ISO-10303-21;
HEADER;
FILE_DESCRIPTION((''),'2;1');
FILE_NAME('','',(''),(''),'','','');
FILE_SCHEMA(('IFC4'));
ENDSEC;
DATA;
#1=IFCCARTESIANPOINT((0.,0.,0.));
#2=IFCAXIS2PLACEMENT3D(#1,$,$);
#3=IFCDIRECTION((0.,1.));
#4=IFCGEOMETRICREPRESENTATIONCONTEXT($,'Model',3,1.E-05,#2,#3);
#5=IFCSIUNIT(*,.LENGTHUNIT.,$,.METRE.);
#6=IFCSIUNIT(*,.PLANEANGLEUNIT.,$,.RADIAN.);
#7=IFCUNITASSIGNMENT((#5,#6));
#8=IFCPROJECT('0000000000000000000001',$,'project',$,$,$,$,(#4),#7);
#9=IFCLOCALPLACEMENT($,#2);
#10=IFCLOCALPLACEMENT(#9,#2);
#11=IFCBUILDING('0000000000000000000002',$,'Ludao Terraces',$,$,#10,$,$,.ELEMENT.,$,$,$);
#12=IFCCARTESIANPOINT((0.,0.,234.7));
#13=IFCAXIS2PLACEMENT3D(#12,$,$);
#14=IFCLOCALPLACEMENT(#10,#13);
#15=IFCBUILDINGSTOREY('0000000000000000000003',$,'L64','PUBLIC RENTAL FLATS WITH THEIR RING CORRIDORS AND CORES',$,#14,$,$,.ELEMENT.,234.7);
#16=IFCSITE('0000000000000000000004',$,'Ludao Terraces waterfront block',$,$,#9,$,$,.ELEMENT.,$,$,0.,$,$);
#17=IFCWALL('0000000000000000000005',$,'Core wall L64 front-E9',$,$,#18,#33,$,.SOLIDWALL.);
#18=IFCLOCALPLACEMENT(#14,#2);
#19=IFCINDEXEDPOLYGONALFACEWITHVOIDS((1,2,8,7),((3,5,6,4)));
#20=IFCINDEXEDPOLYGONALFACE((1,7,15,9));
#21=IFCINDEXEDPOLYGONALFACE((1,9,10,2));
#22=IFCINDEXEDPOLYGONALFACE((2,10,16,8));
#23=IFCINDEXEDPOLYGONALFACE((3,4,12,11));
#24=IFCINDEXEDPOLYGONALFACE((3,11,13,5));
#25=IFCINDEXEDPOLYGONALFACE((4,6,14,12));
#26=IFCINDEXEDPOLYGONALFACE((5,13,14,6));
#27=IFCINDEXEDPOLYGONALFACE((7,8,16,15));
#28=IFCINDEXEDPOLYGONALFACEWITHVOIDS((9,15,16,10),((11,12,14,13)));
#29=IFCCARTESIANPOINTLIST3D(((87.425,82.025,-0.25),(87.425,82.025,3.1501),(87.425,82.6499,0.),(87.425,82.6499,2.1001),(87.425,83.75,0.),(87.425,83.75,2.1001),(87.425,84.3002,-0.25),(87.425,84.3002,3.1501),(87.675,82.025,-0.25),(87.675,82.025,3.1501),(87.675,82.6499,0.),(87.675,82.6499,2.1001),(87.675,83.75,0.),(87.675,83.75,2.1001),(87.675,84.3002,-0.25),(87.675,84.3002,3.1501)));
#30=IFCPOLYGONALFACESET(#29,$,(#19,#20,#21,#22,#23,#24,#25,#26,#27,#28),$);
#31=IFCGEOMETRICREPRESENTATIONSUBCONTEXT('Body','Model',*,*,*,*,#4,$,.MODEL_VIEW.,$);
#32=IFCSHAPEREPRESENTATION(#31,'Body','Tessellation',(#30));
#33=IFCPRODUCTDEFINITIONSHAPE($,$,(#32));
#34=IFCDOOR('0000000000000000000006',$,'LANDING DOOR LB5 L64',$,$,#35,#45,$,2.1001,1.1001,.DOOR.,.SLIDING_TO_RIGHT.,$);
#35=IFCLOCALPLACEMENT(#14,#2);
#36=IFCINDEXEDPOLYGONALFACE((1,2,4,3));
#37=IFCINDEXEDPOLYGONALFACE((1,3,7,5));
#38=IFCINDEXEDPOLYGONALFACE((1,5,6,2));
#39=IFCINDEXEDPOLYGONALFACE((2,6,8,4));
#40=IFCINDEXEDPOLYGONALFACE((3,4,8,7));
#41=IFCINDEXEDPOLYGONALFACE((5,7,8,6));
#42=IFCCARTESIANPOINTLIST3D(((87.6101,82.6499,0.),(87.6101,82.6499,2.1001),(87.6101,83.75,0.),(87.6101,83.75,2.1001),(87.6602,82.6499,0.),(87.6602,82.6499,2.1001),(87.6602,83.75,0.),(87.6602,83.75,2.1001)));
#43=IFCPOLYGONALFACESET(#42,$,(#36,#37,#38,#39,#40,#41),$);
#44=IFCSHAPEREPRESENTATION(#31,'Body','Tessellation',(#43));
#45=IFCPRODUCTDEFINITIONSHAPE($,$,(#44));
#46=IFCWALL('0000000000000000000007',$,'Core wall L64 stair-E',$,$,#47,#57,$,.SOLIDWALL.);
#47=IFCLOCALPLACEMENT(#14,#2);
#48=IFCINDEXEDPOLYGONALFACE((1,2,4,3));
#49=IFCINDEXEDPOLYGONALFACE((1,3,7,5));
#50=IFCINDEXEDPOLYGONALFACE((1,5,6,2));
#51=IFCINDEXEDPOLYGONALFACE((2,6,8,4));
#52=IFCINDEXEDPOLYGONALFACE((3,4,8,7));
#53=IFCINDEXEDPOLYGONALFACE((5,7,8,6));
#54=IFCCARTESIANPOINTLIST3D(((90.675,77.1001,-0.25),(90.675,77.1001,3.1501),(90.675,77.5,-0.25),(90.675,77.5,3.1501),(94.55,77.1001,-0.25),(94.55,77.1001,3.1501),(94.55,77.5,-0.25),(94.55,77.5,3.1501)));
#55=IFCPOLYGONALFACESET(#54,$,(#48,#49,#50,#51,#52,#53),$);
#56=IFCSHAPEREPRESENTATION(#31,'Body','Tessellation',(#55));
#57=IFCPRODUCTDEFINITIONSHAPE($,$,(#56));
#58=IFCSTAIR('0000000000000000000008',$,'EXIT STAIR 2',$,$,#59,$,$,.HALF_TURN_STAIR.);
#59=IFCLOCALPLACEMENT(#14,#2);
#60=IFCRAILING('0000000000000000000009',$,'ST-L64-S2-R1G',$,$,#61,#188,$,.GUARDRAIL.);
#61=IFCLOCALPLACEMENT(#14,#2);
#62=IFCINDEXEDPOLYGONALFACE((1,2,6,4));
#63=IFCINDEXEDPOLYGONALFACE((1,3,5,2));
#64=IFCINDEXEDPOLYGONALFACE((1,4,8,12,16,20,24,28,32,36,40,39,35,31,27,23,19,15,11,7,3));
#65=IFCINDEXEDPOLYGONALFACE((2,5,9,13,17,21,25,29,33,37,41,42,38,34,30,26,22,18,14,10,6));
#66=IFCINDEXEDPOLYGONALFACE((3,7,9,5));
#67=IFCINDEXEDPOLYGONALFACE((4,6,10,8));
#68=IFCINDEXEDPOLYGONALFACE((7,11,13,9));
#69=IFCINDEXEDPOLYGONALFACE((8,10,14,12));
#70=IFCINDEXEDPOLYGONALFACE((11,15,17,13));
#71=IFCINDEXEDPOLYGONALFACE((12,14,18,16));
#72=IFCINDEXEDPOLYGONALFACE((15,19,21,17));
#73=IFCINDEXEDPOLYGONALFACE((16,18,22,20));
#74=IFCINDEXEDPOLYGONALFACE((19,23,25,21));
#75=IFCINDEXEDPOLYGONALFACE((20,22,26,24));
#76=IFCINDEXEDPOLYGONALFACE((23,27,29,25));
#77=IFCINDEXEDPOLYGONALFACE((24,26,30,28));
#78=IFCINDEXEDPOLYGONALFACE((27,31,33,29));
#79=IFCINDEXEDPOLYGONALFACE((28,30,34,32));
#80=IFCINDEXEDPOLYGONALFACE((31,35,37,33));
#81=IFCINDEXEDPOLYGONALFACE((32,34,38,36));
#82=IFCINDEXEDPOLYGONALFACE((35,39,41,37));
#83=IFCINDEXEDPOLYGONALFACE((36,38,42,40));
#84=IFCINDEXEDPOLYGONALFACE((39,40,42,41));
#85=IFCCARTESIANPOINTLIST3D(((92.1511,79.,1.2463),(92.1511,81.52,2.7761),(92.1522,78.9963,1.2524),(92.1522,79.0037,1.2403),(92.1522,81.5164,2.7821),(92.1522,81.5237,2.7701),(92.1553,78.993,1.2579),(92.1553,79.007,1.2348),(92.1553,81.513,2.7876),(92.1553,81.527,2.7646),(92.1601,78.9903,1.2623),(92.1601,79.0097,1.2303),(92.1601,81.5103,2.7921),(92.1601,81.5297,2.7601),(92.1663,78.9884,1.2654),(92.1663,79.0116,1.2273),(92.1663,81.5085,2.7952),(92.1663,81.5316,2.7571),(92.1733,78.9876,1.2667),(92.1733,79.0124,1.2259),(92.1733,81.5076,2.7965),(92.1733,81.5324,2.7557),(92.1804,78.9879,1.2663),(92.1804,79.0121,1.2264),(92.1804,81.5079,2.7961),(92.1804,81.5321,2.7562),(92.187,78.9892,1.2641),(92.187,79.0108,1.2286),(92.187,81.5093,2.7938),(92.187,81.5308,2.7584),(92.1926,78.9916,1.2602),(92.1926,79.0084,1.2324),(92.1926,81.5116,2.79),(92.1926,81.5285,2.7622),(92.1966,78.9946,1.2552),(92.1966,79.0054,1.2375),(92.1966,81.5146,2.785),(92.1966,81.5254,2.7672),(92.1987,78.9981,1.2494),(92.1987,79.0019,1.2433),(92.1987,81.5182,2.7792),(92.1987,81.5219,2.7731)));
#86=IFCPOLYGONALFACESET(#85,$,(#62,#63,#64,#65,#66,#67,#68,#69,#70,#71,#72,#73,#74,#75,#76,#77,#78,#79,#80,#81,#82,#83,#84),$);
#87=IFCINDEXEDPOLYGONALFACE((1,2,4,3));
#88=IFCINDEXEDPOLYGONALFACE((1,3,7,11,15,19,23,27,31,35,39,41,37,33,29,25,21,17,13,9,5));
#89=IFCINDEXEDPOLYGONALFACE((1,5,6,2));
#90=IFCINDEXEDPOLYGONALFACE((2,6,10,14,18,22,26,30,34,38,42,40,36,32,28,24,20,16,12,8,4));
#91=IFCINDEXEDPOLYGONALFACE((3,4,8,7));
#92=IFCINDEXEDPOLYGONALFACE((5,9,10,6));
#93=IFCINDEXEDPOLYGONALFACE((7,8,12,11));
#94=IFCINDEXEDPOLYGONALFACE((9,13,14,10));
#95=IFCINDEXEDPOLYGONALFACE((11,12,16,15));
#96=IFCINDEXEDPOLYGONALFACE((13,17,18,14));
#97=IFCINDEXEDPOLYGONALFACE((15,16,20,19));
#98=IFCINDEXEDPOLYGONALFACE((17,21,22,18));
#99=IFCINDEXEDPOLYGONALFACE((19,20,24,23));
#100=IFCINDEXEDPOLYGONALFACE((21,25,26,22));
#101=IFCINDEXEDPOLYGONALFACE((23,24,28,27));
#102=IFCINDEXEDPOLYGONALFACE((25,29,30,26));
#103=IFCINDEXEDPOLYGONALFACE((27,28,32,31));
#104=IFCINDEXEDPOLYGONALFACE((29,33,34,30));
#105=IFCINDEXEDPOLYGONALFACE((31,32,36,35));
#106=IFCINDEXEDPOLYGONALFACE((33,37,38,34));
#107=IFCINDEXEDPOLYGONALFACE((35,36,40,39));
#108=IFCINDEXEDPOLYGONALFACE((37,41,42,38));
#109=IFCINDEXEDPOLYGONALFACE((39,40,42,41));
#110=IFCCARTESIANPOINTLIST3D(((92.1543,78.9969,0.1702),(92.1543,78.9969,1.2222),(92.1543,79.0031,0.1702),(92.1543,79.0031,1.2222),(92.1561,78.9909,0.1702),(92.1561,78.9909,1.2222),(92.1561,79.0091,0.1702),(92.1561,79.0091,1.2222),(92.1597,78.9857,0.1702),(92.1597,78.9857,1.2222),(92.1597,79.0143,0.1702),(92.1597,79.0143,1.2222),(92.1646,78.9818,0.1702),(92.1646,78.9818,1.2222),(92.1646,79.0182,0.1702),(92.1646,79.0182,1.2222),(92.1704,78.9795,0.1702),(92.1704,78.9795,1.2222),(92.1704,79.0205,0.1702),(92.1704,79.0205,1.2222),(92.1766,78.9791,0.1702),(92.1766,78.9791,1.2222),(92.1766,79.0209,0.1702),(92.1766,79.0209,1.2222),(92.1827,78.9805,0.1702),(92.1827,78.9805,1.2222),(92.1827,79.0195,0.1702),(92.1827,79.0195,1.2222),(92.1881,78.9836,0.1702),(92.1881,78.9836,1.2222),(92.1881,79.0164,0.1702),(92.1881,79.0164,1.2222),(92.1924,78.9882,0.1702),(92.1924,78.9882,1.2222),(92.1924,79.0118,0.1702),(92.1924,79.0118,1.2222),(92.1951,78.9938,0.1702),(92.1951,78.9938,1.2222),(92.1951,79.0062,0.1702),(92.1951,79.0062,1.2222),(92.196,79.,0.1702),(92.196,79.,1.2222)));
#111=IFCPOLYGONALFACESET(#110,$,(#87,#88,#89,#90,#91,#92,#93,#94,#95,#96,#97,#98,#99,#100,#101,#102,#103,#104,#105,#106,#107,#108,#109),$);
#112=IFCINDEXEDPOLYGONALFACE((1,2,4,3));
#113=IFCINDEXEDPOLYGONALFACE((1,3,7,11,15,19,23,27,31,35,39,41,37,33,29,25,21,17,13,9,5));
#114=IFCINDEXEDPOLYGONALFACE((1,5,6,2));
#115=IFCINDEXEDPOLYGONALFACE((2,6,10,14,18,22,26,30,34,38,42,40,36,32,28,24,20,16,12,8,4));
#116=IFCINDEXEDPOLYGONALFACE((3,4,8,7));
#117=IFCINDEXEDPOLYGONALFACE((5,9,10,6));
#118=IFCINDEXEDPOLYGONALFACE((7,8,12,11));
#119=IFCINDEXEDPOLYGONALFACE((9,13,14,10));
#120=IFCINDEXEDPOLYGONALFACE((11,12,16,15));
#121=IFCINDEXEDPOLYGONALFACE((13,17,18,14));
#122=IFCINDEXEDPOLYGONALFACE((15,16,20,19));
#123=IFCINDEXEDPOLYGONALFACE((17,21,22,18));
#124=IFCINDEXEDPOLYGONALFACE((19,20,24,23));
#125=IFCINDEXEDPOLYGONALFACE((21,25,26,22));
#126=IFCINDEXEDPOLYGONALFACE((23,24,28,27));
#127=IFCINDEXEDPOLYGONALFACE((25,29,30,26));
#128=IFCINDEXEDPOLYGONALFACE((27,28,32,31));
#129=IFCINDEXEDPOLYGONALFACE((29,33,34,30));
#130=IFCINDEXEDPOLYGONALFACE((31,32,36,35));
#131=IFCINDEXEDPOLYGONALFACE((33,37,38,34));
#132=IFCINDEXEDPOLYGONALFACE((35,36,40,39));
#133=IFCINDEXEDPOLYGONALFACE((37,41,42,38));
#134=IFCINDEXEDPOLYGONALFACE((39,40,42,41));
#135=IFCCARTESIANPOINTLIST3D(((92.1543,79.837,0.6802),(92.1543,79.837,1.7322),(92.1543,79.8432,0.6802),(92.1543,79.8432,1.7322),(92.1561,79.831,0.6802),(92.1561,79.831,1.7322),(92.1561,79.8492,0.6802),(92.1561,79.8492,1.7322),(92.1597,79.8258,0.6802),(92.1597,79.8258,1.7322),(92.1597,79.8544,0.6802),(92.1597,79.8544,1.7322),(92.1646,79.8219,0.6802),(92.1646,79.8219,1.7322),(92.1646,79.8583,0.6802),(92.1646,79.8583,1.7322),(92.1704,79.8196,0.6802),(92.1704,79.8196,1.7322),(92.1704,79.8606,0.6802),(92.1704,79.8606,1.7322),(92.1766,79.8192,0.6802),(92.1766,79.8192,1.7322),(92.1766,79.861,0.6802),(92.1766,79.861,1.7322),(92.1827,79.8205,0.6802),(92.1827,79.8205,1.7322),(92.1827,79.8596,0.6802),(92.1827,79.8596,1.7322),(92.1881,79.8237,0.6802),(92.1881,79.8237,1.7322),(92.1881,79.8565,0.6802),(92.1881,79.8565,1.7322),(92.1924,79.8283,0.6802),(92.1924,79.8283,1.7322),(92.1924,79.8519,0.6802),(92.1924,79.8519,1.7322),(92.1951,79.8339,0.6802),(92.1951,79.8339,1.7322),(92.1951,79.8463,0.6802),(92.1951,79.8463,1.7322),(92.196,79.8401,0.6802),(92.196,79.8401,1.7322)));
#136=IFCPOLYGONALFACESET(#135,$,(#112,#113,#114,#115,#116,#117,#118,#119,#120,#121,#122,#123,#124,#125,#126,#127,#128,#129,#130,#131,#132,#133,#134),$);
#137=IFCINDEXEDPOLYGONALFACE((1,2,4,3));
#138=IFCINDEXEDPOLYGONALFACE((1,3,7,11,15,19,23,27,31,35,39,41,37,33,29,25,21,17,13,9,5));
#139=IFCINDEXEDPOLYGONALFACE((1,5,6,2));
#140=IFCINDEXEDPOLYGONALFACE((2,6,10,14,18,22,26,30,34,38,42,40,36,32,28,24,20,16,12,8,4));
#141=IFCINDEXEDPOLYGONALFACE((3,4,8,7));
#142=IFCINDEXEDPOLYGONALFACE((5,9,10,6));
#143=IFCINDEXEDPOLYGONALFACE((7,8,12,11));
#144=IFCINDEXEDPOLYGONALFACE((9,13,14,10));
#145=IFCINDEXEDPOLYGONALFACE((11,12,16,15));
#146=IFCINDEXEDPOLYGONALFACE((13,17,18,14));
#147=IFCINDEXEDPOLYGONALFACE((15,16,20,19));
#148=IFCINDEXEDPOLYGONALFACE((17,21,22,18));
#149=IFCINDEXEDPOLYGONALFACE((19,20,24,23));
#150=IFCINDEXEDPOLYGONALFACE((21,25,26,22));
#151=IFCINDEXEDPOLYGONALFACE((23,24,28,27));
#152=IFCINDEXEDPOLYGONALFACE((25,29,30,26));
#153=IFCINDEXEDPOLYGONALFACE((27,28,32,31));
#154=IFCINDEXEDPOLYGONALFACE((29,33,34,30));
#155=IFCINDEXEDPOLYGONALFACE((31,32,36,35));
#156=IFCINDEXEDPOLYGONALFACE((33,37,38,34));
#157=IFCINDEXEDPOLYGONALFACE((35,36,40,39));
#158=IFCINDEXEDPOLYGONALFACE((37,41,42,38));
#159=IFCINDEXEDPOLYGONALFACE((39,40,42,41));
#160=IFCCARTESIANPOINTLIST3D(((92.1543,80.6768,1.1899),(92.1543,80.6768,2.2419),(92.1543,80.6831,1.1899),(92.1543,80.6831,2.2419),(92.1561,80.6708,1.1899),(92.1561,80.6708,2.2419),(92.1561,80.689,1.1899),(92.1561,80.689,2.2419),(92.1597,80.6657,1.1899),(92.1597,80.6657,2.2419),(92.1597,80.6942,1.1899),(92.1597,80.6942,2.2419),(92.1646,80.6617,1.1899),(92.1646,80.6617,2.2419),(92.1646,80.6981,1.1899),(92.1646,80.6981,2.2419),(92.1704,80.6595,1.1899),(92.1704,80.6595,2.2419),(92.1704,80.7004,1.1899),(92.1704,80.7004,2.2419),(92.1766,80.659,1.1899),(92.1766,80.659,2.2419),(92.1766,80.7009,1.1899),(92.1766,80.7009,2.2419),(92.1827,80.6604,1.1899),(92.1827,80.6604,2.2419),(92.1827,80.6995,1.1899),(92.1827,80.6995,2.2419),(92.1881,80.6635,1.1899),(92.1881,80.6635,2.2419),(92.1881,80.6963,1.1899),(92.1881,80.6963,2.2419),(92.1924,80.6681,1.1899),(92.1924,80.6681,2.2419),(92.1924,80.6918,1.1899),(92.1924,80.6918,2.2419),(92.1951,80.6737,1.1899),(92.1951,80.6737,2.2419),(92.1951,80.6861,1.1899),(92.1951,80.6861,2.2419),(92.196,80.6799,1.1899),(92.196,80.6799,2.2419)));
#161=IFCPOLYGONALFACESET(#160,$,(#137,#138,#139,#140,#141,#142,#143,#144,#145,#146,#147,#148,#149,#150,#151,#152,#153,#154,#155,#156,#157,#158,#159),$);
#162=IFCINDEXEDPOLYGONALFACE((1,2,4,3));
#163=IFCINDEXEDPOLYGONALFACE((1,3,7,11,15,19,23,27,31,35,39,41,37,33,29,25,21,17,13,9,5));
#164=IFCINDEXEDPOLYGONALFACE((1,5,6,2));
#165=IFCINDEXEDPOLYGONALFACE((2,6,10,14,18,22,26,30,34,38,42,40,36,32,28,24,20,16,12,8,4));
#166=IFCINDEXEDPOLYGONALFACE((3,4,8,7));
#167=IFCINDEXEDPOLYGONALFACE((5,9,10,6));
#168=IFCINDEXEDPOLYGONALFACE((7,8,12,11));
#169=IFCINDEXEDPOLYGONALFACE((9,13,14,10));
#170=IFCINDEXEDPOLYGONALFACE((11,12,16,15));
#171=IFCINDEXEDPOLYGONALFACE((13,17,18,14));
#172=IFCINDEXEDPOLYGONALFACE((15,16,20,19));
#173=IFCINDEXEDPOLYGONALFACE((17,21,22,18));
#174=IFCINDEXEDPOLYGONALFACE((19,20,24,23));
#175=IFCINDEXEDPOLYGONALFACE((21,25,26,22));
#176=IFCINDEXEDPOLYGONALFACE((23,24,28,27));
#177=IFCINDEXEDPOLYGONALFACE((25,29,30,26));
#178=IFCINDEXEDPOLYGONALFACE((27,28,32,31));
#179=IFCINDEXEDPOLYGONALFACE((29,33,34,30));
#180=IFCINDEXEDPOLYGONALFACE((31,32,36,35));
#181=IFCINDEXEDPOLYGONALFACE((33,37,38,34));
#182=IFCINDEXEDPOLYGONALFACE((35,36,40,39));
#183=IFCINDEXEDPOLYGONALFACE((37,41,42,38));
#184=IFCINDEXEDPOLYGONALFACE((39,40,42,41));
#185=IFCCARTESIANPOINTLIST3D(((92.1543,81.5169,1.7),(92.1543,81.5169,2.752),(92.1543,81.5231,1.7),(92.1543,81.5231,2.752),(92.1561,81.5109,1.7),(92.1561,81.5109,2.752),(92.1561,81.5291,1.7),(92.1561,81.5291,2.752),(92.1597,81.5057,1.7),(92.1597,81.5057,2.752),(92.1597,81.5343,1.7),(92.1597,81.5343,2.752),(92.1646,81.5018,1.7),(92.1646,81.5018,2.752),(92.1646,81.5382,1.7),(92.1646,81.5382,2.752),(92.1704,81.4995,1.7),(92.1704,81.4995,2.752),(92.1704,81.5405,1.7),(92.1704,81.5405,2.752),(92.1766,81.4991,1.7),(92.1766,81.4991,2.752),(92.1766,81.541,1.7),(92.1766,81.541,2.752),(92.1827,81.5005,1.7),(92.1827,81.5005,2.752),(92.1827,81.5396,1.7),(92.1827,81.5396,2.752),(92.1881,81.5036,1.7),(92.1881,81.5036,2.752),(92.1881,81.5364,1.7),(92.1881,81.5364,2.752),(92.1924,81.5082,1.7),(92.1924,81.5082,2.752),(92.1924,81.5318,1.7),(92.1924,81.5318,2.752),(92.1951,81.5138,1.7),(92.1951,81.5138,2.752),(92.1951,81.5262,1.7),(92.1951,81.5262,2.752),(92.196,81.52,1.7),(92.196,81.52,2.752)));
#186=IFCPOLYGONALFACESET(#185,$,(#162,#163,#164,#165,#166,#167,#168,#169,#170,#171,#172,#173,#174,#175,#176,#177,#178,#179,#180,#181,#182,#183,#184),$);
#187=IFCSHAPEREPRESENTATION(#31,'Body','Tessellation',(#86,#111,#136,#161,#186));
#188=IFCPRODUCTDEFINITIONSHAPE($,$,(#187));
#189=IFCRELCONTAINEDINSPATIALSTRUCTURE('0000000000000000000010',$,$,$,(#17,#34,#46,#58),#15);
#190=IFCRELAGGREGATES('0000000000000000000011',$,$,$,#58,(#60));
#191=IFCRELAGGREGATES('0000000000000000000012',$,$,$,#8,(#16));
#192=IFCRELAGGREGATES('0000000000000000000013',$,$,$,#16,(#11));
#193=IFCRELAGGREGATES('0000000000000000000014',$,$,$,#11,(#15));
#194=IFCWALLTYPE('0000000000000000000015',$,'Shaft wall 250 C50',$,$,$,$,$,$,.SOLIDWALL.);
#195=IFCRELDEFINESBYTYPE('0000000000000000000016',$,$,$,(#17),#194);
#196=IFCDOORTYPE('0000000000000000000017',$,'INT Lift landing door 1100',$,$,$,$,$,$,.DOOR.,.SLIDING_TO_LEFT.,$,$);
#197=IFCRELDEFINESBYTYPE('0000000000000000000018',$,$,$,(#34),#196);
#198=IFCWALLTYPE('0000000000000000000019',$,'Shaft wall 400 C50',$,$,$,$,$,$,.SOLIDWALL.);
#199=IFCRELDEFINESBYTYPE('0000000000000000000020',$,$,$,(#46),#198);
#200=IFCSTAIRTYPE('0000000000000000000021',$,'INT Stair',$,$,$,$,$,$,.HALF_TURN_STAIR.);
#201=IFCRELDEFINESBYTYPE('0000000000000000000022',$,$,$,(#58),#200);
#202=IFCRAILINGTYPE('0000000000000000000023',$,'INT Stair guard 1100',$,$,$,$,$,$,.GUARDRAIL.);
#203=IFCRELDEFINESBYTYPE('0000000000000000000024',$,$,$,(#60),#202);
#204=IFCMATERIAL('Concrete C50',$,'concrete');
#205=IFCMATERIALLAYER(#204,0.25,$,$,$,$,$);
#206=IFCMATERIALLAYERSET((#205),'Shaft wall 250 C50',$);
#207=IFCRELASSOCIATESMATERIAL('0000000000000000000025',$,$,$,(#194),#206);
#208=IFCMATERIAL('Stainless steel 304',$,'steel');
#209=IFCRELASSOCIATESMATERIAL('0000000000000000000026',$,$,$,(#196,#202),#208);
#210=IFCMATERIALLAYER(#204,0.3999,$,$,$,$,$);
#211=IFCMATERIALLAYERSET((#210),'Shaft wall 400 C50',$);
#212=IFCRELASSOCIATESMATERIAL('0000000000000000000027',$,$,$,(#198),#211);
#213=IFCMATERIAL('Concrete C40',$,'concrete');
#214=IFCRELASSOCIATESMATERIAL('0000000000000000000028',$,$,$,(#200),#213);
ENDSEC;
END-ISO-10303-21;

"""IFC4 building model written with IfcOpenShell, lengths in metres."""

from ifc_helpers import new_model, si_unit, direction, frame, frame_2d, origin, origin_2d, place, context, subcontext, project, spatial, rectangle, circle, extrude, material, layer, layer_set, type_object, element, fill, aggregate, save


model = new_model("IFC4")

# Units and contexts
model_context = context("Model", 3, precision=1e-05, world=origin(), true_north=direction((0.0, 1.0)))
body_context = subcontext(model_context, "Body", "Model", "MODEL_VIEW")
ifc_project = project(units=[si_unit("LENGTHUNIT", "METRE"), si_unit("PLANEANGLEUNIT", "RADIAN")], contexts=[model_context])

# Site, building, storey
site_placement = place(None, origin())
site = spatial("IfcSite", under=ifc_project, at=site_placement, Name="Ludao Terraces waterfront block", CompositionType="ELEMENT", RefElevation=0.0)
building_placement = place(site_placement, origin())
building = spatial("IfcBuilding", under=site, at=building_placement, Name="Ludao Terraces", CompositionType="ELEMENT")
storey_placement = place(building_placement, frame((0.0, 0.0, 234.7)))
storey = spatial("IfcBuildingStorey", under=building, at=storey_placement, Name="L64", Description="PUBLIC RENTAL FLATS WITH THEIR RING CORRIDORS AND CORES", CompositionType="ELEMENT", Elevation=234.7)

# Shared definitions
ifc_material_1 = material(Name="Concrete C40", Category="concrete")

# Shared definitions
ifc_material_2 = material(Name="Concrete C50", Category="concrete")

# Shared definitions
ifc_layer_1 = layer(ifc_material_2, 0.25)
ifc_layer_set_1 = layer_set([ifc_layer_1], Name="Shaft wall 250 C50")
wall_type_1 = type_object("IfcWallType", Name="Shaft wall 250 C50", PredefinedType="SOLIDWALL", material=ifc_layer_set_1)

# Shared definitions
ifc_material_3 = material(Name="Stainless steel 304", Category="steel")
door_type_1 = type_object("IfcDoorType", Name="INT Lift landing door 1100", OperationType="SLIDING_TO_LEFT", PredefinedType="DOOR", material=ifc_material_3)

# Wall, opening, door
wall_1_placement = place(storey_placement, frame((87.55, 82.0249, -0.25), z_axis=(0.0, 0.0, 1.0), x_axis=(0.0, 1.0, 0.0)))
wall_1 = element("IfcWall", 1, at=wall_1_placement, inside=storey, type_object=wall_type_1, Name="Core wall L64 front-E9", PredefinedType="SOLIDWALL", context=body_context, shape_type="SweptSolid", body=[
    extrude(rectangle(XDim=2.2751, YDim=0.25, at=frame_2d((1.1377, 0.0))), origin(), (0.0, 0.0, 1.0), 3.4001),
])
opening_1_placement = place(wall_1_placement, frame((0.625, 0.0, 0.25)))
opening_1 = element("IfcOpeningElement", 2, at=opening_1_placement, cuts=wall_1, PredefinedType="OPENING", context=body_context, shape_type="SweptSolid", body=[
    extrude(rectangle(XDim=1.1001, YDim=2.1001, at=frame_2d((0.55, 1.05))), frame((0.0, 0.135, 0.0), z_axis=(0.0, -1.0, 0.0), x_axis=(1.0, 0.0, 0.0)), (0.0, 0.0, 1.0), 0.27),
])
door_1_placement = place(opening_1_placement, origin())
door_1 = element("IfcDoor", 3, at=door_1_placement, inside=storey, type_object=door_type_1, Name="LANDING DOOR LB5 L64", OperationType="SLIDING_TO_RIGHT", OverallHeight=2.1001, OverallWidth=1.1001, PredefinedType="DOOR", context=body_context, shape_type="SweptSolid", body=[
    extrude(rectangle(XDim=1.1001, YDim=2.1001, at=frame_2d((0.55, 1.05))), frame((0.0, -0.0601, 0.0), z_axis=(0.0, -1.0, 0.0), x_axis=(1.0, 0.0, 0.0)), (0.0, 0.0, 1.0), 0.05),
])
fill(opening_1, door_1)

# Wall
ifc_layer_2 = layer(ifc_material_2, 0.3999)
ifc_layer_set_2 = layer_set([ifc_layer_2], Name="Shaft wall 400 C50")
wall_type_2 = type_object("IfcWallType", Name="Shaft wall 400 C50", PredefinedType="SOLIDWALL", material=ifc_layer_set_2)
wall_2_placement = place(storey_placement, frame((90.675, 77.3, -0.25), z_axis=(0.0, 0.0, 1.0), x_axis=(1.0, 0.0, 0.0)))
element("IfcWall", 4, at=wall_2_placement, inside=storey, type_object=wall_type_2, Name="Core wall L64 stair-E", PredefinedType="SOLIDWALL", context=body_context, shape_type="SweptSolid", body=[
    extrude(rectangle(XDim=3.875, YDim=0.3999, at=frame_2d((1.9375, 0.0))), origin(), (0.0, 0.0, 1.0), 3.4001),
])

# Stair, railing
stair_type = type_object("IfcStairType", Name="INT Stair", PredefinedType="HALF_TURN_STAIR", material=ifc_material_1)
stair_placement = place(storey_placement, origin())
stair = element("IfcStair", 5, at=stair_placement, inside=storey, type_object=stair_type, Name="EXIT STAIR 2", PredefinedType="HALF_TURN_STAIR")
railing_type_1 = type_object("IfcRailingType", Name="INT Stair guard 1100", PredefinedType="GUARDRAIL", material=ifc_material_3)
railing_1_placement = place(storey_placement, frame((92.175, 79.0, 0.1702)))
railing_1 = element("IfcRailing", 6, at=railing_1_placement, type_object=railing_type_1, Name="ST-L64-S2-R1G", PredefinedType="GUARDRAIL", context=body_context, shape_type="SweptSolid", body=[
    extrude(circle(Radius=0.0239, at=origin_2d()), frame((0.0, 0.0, 1.0762), z_axis=(0.0, 0.854822, 0.518922), x_axis=(-1.0, 0.0, 0.0)), (0.0, 0.0, 1.0), 2.948),
    extrude(circle(Radius=0.021, at=origin_2d()), origin(), (0.0, 0.0, 1.0), 1.052),
    extrude(circle(Radius=0.021, at=origin_2d()), frame((0.0, 0.8401, 0.51)), (0.0, 0.0, 1.0), 1.052),
    extrude(circle(Radius=0.021, at=origin_2d()), frame((0.0, 1.6799, 1.0198)), (0.0, 0.0, 1.0), 1.052),
    extrude(circle(Radius=0.021, at=origin_2d()), frame((0.0, 2.52, 1.5298)), (0.0, 0.0, 1.0), 1.052),
])
aggregate(stair, [railing_1])

save(model, "model.ifc")
